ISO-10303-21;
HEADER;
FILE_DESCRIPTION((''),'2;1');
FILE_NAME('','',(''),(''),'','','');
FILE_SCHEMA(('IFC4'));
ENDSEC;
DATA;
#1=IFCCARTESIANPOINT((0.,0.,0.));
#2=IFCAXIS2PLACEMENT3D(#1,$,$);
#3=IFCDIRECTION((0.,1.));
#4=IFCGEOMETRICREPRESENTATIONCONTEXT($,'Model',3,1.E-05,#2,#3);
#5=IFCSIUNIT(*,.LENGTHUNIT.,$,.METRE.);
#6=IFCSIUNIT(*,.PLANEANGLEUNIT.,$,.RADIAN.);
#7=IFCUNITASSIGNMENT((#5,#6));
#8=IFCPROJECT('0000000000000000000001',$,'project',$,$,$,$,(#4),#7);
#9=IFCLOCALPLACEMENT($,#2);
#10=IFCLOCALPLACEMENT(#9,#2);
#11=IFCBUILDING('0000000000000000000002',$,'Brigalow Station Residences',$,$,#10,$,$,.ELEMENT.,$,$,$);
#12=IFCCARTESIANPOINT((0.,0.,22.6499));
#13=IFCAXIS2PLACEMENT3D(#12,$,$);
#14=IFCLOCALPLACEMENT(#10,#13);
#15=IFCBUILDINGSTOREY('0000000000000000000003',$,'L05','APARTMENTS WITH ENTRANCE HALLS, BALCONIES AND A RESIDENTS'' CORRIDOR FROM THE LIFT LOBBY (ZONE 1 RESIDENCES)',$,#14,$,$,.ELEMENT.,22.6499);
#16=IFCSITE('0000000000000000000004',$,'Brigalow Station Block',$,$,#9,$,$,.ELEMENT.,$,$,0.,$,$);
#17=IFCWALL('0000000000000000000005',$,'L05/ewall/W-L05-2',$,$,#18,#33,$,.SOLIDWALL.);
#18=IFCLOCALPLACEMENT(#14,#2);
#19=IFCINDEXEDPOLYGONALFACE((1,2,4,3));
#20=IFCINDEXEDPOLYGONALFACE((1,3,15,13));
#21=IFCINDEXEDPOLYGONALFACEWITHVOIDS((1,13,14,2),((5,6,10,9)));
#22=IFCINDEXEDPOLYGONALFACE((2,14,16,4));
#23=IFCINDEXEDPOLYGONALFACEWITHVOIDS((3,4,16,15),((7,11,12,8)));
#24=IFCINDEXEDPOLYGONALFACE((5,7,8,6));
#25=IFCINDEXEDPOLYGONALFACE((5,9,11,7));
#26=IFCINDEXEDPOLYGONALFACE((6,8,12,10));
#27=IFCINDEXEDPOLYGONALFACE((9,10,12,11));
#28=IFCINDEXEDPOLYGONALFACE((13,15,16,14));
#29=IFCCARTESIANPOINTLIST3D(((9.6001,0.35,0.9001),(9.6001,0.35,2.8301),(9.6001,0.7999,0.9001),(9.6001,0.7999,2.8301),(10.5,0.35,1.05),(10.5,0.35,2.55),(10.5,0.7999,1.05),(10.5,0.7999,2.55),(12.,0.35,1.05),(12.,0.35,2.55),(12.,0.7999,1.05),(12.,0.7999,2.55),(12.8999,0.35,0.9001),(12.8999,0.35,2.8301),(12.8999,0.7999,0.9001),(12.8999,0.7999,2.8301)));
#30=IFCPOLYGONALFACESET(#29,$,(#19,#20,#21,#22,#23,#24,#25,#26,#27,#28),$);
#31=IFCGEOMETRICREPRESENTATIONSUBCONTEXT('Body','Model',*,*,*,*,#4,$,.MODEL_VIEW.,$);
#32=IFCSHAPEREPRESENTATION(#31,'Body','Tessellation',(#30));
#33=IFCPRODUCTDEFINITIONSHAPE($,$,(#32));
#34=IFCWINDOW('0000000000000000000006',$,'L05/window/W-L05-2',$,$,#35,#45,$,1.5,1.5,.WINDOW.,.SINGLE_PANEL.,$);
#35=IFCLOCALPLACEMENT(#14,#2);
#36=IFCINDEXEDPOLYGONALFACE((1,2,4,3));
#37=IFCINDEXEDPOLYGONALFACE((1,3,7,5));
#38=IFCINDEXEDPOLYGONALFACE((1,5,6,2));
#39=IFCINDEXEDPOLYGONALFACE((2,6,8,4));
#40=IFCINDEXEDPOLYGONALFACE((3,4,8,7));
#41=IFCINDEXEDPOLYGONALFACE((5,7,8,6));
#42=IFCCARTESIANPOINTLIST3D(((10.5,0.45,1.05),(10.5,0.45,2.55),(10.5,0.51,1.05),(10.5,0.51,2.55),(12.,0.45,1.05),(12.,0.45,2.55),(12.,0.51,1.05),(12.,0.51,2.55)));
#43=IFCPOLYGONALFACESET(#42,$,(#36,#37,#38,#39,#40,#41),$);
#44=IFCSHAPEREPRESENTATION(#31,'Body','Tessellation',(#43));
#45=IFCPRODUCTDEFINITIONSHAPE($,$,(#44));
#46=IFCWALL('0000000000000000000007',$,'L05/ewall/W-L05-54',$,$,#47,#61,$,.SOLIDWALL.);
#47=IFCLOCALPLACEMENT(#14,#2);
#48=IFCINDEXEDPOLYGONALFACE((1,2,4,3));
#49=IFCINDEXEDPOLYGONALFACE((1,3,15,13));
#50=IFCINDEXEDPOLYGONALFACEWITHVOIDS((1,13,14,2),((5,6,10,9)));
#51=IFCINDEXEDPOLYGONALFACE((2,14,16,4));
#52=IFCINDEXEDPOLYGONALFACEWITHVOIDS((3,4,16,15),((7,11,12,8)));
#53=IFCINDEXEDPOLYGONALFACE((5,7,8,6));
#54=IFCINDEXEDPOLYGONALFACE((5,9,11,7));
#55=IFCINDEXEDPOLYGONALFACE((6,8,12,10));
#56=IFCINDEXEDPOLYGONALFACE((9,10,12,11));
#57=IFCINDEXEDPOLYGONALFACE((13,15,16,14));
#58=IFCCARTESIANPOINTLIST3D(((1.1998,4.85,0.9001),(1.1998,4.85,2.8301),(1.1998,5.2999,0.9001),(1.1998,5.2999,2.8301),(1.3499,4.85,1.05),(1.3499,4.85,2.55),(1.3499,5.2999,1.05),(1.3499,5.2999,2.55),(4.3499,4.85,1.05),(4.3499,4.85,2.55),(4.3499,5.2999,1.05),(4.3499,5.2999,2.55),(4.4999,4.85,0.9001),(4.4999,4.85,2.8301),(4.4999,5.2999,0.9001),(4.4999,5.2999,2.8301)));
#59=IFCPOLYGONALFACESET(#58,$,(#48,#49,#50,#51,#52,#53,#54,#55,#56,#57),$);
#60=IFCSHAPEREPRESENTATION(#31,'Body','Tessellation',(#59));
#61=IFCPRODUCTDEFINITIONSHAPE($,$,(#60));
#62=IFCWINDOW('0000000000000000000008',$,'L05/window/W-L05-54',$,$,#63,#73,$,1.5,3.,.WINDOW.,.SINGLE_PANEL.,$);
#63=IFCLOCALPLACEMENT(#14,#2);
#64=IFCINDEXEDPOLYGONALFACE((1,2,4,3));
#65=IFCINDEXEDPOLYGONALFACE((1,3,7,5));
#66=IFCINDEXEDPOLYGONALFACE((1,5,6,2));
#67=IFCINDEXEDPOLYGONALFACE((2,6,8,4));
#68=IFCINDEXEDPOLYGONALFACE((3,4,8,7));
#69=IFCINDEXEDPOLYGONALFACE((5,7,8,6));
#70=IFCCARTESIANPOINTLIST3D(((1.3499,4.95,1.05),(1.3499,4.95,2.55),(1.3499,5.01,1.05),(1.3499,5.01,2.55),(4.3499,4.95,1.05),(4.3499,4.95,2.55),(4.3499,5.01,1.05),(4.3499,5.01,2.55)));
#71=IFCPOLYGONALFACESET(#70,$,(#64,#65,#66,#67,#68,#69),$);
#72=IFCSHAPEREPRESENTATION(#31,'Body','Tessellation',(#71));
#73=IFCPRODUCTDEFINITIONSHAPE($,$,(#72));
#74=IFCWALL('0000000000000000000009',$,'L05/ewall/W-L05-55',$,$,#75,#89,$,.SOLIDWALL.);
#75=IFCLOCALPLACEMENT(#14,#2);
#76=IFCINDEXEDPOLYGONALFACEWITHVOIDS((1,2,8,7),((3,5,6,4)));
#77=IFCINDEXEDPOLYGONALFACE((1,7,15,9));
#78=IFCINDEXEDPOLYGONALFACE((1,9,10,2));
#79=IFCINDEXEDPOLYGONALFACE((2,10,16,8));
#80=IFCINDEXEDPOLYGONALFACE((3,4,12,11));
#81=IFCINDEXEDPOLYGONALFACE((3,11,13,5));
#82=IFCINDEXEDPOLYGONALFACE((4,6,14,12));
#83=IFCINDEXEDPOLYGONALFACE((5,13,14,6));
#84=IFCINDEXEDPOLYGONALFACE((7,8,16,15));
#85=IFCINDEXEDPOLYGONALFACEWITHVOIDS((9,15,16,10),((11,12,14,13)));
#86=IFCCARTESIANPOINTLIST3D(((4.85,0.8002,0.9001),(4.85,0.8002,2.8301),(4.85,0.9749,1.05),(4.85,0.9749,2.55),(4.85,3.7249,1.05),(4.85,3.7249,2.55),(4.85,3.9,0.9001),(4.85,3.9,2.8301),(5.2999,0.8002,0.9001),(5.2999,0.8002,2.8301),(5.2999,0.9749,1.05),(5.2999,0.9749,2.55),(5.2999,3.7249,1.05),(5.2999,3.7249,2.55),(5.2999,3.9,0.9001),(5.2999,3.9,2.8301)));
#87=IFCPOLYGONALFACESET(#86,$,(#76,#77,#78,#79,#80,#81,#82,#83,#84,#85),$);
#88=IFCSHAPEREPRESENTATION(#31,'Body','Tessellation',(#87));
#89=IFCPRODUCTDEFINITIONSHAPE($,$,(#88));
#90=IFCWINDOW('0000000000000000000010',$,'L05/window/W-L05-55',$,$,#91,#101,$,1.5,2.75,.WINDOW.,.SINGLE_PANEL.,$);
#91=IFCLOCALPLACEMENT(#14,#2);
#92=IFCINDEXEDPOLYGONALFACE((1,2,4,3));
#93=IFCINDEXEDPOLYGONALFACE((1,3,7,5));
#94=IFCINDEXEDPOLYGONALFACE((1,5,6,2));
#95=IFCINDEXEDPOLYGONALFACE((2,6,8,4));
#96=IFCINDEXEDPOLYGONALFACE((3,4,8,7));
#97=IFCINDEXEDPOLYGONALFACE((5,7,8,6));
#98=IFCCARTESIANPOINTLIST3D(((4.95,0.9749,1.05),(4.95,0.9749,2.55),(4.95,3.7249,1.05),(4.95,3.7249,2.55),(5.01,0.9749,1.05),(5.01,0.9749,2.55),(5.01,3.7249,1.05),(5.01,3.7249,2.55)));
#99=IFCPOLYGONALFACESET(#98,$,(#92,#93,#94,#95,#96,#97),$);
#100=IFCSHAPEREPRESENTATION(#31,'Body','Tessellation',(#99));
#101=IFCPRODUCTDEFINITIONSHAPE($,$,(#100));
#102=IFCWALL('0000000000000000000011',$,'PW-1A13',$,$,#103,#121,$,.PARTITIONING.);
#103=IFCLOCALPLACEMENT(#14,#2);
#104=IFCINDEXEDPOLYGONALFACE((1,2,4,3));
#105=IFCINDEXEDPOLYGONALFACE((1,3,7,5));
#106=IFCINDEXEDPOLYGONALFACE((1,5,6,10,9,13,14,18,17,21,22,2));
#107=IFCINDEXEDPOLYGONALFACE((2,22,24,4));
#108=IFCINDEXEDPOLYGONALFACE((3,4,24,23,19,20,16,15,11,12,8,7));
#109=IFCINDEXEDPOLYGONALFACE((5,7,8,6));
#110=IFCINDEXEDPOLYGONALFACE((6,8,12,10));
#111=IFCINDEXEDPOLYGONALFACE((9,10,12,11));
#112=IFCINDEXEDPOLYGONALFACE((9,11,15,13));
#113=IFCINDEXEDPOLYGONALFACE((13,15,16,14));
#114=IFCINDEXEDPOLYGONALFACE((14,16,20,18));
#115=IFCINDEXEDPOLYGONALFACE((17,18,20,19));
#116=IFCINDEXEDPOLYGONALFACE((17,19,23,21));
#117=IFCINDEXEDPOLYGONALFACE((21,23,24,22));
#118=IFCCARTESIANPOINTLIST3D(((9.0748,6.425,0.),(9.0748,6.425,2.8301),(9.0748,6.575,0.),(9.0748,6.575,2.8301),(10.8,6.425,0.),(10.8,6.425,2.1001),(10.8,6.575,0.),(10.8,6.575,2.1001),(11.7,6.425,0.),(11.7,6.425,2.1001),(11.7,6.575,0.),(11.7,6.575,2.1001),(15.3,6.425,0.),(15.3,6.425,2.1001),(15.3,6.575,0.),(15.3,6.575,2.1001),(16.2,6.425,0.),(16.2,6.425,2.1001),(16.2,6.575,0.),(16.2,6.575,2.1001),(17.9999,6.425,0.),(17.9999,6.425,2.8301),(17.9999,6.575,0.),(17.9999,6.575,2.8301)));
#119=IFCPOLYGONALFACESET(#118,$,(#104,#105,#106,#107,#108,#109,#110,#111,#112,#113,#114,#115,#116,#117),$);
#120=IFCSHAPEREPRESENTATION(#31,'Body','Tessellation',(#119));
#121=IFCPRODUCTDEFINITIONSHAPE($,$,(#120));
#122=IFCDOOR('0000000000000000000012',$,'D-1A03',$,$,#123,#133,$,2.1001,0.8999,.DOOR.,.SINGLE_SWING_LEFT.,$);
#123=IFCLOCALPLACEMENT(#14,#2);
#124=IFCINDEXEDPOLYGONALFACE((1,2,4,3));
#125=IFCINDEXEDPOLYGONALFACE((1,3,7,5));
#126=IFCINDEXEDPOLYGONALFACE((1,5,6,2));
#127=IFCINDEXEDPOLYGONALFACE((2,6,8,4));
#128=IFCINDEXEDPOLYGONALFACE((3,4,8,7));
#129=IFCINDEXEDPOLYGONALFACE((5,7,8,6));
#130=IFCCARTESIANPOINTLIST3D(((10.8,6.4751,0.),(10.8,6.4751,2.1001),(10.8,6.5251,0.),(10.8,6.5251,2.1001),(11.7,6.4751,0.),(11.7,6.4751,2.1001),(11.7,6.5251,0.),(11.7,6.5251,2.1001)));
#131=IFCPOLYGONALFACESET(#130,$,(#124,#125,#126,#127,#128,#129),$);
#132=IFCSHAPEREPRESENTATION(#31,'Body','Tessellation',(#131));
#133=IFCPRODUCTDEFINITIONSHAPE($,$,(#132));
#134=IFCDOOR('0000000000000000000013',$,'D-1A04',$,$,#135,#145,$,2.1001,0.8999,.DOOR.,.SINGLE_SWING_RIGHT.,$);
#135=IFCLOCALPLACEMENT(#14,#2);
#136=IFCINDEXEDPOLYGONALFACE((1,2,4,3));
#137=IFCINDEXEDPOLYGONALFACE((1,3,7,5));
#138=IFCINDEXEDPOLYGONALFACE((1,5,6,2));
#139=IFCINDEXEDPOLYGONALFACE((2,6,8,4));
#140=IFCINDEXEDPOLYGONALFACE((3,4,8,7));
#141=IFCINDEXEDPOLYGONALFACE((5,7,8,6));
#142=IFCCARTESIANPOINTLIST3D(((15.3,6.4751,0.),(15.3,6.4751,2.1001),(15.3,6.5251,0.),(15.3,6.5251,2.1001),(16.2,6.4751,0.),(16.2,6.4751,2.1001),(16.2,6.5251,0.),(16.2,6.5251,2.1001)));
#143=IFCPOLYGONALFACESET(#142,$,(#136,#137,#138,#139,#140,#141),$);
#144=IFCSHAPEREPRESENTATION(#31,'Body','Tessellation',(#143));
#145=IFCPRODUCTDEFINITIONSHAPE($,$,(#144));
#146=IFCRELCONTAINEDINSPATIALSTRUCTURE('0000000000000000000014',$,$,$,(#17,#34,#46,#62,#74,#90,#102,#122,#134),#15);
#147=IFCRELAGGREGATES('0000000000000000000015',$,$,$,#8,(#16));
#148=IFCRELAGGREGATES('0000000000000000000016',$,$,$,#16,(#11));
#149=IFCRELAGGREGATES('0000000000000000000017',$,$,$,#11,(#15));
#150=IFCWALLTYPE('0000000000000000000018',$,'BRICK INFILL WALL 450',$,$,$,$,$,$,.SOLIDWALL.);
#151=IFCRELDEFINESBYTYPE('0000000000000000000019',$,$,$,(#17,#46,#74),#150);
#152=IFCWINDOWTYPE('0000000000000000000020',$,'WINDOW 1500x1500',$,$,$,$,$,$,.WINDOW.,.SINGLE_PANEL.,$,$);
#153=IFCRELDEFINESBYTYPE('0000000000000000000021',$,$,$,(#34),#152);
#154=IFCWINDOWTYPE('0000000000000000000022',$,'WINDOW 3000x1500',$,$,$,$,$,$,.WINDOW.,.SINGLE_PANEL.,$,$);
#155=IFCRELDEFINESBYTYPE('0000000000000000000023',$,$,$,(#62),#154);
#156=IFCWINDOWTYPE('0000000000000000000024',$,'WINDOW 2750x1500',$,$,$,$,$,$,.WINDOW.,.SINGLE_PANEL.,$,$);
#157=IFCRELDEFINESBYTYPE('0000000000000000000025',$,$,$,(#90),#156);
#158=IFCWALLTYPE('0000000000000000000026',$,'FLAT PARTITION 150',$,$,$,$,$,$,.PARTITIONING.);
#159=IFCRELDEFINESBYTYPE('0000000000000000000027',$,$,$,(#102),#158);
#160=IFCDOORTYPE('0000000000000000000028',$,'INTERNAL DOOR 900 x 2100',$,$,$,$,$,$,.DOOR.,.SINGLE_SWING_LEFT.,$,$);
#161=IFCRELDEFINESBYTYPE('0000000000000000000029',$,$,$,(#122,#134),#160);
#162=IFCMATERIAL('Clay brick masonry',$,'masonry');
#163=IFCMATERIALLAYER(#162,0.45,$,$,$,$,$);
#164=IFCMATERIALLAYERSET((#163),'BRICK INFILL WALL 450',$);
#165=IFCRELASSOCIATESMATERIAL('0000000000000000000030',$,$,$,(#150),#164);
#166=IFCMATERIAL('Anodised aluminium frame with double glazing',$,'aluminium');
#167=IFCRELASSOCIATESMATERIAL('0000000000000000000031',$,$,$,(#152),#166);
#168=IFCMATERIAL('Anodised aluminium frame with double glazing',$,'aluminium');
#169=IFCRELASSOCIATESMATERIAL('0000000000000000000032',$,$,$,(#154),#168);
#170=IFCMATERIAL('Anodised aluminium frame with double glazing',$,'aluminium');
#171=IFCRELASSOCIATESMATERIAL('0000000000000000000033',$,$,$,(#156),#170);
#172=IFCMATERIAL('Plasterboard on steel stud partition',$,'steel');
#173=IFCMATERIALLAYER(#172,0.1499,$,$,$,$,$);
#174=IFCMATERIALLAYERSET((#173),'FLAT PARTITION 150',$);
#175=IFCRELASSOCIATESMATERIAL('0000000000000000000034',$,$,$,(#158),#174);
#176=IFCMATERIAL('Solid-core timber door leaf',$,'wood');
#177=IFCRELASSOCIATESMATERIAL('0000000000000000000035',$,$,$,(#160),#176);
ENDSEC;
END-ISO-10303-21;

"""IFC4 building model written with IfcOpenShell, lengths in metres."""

from ifc_helpers import new_model, si_unit, direction, frame, frame_2d, origin, place, context, subcontext, project, spatial, rectangle, extrude, material, layer, layer_set, type_object, element, fill, save


model = new_model("IFC4")

# Units and contexts
model_context = context("Model", 3, precision=1e-05, world=origin(), true_north=direction((0.0, 1.0)))
body_context = subcontext(model_context, "Body", "Model", "MODEL_VIEW")
ifc_project = project(units=[si_unit("LENGTHUNIT", "METRE"), si_unit("PLANEANGLEUNIT", "RADIAN")], contexts=[model_context])

# Site, building, storey
site_placement = place(None, origin())
site = spatial("IfcSite", under=ifc_project, at=site_placement, Name="Brigalow Station Block", CompositionType="ELEMENT", RefElevation=0.0)
building_placement = place(site_placement, origin())
building = spatial("IfcBuilding", under=site, at=building_placement, Name="Brigalow Station Residences", CompositionType="ELEMENT")
storey_placement = place(building_placement, frame((0.0, 0.0, 22.6499)))
storey = spatial("IfcBuildingStorey", under=building, at=storey_placement, Name="L05", Description="APARTMENTS WITH ENTRANCE HALLS, BALCONIES AND A RESIDENTS' CORRIDOR FROM THE LIFT LOBBY (ZONE 1 RESIDENCES)", CompositionType="ELEMENT", Elevation=22.6499)

# Walls, openings, windows
ifc_material_1 = material(Name="Clay brick masonry", Category="masonry")
ifc_layer_1 = layer(ifc_material_1, 0.45)
ifc_layer_set_1 = layer_set([ifc_layer_1], Name="BRICK INFILL WALL 450")
wall_type_1 = type_object("IfcWallType", Name="BRICK INFILL WALL 450", PredefinedType="SOLIDWALL", material=ifc_layer_set_1)
ifc_material_2 = material(Name="Anodised aluminium frame with double glazing", Category="aluminium")
window_type_1 = type_object("IfcWindowType", Name="WINDOW 1500x1500", PartitioningType="SINGLE_PANEL", PredefinedType="WINDOW", material=ifc_material_2)
wall_1_placement = place(storey_placement, frame((9.6001, 0.575, 0.9001), z_axis=(0.0, 0.0, 1.0), x_axis=(1.0, 0.0, 0.0)))
wall_1 = element("IfcWall", 1, at=wall_1_placement, inside=storey, type_object=wall_type_1, Name="L05/ewall/W-L05-2", PredefinedType="SOLIDWALL", context=body_context, shape_type="SweptSolid", body=[
    extrude(rectangle(XDim=3.2998, YDim=0.45, at=frame_2d((1.6499, 0.0))), origin(), (0.0, 0.0, 1.0), 1.9299),
])
opening_1_placement = place(wall_1_placement, frame((0.8999, 0.0, 0.1499)))
opening_1 = element("IfcOpeningElement", 2, at=opening_1_placement, cuts=wall_1, PredefinedType="OPENING", context=body_context, shape_type="SweptSolid", body=[
    extrude(rectangle(XDim=1.5, YDim=1.5, at=frame_2d((0.75, 0.75))), frame((0.0, 0.2349, 0.0), z_axis=(0.0, -1.0, 0.0), x_axis=(1.0, 0.0, 0.0)), (0.0, 0.0, 1.0), 0.47),
])
window_1_placement = place(opening_1_placement, origin())
window_1 = element("IfcWindow", 3, at=window_1_placement, inside=storey, type_object=window_type_1, Name="L05/window/W-L05-2", OverallHeight=1.5, OverallWidth=1.5, PartitioningType="SINGLE_PANEL", PredefinedType="WINDOW", context=body_context, shape_type="SweptSolid", body=[
    extrude(rectangle(XDim=1.5, YDim=1.5, at=frame_2d((0.75, 0.75))), frame((0.0, -0.0649, 0.0), z_axis=(0.0, -1.0, 0.0), x_axis=(1.0, 0.0, 0.0)), (0.0, 0.0, 1.0), 0.0601),
])
fill(opening_1, window_1)
wall_2_placement = place(storey_placement, frame((1.2, 5.075, 0.9001), z_axis=(0.0, 0.0, 1.0), x_axis=(1.0, 0.0, 0.0)))
wall_2 = element("IfcWall", 4, at=wall_2_placement, inside=storey, type_object=wall_type_1, Name="L05/ewall/W-L05-54", PredefinedType="SOLIDWALL", context=body_context, shape_type="SweptSolid", body=[
    extrude(rectangle(XDim=3.3, YDim=0.45, at=frame_2d((1.6499, 0.0))), origin(), (0.0, 0.0, 1.0), 1.9299),
])
opening_2_placement = place(wall_2_placement, frame((0.1499, 0.0, 0.1499)))
opening_2 = element("IfcOpeningElement", 5, at=opening_2_placement, cuts=wall_2, PredefinedType="OPENING", context=body_context, shape_type="SweptSolid", body=[
    extrude(rectangle(XDim=3.0, YDim=1.5, at=frame_2d((1.5, 0.75))), frame((0.0, 0.2349, 0.0), z_axis=(0.0, -1.0, 0.0), x_axis=(1.0, 0.0, 0.0)), (0.0, 0.0, 1.0), 0.47),
])
ifc_material_3 = material(Name="Anodised aluminium frame with double glazing", Category="aluminium")
window_type_2 = type_object("IfcWindowType", Name="WINDOW 3000x1500", PartitioningType="SINGLE_PANEL", PredefinedType="WINDOW", material=ifc_material_3)
window_2_placement = place(opening_2_placement, origin())
window_2 = element("IfcWindow", 6, at=window_2_placement, inside=storey, type_object=window_type_2, Name="L05/window/W-L05-54", OverallHeight=1.5, OverallWidth=3.0, PartitioningType="SINGLE_PANEL", PredefinedType="WINDOW", context=body_context, shape_type="SweptSolid", body=[
    extrude(rectangle(XDim=3.0, YDim=1.5, at=frame_2d((1.5, 0.75))), frame((0.0, -0.0649, 0.0), z_axis=(0.0, -1.0, 0.0), x_axis=(1.0, 0.0, 0.0)), (0.0, 0.0, 1.0), 0.0601),
])
fill(opening_2, window_2)
wall_3_placement = place(storey_placement, frame((5.075, 3.8999, 0.9001), z_axis=(0.0, 0.0, 1.0), x_axis=(0.0, -1.0, 0.0)))
wall_3 = element("IfcWall", 7, at=wall_3_placement, inside=storey, type_object=wall_type_1, Name="L05/ewall/W-L05-55", PredefinedType="SOLIDWALL", context=body_context, shape_type="SweptSolid", body=[
    extrude(rectangle(XDim=3.0999, YDim=0.45, at=frame_2d((1.5498, 0.0))), origin(), (0.0, 0.0, 1.0), 1.9299),
])
opening_3_placement = place(wall_3_placement, frame((0.175, 0.0, 0.1499)))
opening_3 = element("IfcOpeningElement", 8, at=opening_3_placement, cuts=wall_3, PredefinedType="OPENING", context=body_context, shape_type="SweptSolid", body=[
    extrude(rectangle(XDim=2.75, YDim=1.5, at=frame_2d((1.375, 0.75))), frame((0.0, 0.2349, 0.0), z_axis=(0.0, -1.0, 0.0), x_axis=(1.0, 0.0, 0.0)), (0.0, 0.0, 1.0), 0.47),
])
ifc_material_4 = material(Name="Anodised aluminium frame with double glazing", Category="aluminium")
window_type_3 = type_object("IfcWindowType", Name="WINDOW 2750x1500", PartitioningType="SINGLE_PANEL", PredefinedType="WINDOW", material=ifc_material_4)
window_3_placement = place(opening_3_placement, origin())
window_3 = element("IfcWindow", 9, at=window_3_placement, inside=storey, type_object=window_type_3, Name="L05/window/W-L05-55", OverallHeight=1.5, OverallWidth=2.75, PartitioningType="SINGLE_PANEL", PredefinedType="WINDOW", context=body_context, shape_type="SweptSolid", body=[
    extrude(rectangle(XDim=2.75, YDim=1.5, at=frame_2d((1.375, 0.75))), frame((0.0, -0.0649, 0.0), z_axis=(0.0, -1.0, 0.0), x_axis=(1.0, 0.0, 0.0)), (0.0, 0.0, 1.0), 0.0601),
])
fill(opening_3, window_3)

# Wall, openings, doors
ifc_material_5 = material(Name="Plasterboard on steel stud partition", Category="steel")
ifc_layer_2 = layer(ifc_material_5, 0.1499)
ifc_layer_set_2 = layer_set([ifc_layer_2], Name="FLAT PARTITION 150")
wall_type_2 = type_object("IfcWallType", Name="FLAT PARTITION 150", PredefinedType="PARTITIONING", material=ifc_layer_set_2)
wall_4_placement = place(storey_placement, frame((9.075, 6.5, 0.0), z_axis=(0.0, 0.0, 1.0), x_axis=(1.0, 0.0, 0.0)))
wall_4 = element("IfcWall", 10, at=wall_4_placement, inside=storey, type_object=wall_type_2, Name="PW-1A13", PredefinedType="PARTITIONING", context=body_context, shape_type="SweptSolid", body=[
    extrude(rectangle(XDim=8.925, YDim=0.1499, at=frame_2d((4.4624, 0.0))), origin(), (0.0, 0.0, 1.0), 2.8301),
])
opening_4_placement = place(wall_4_placement, frame((1.7251, 0.0, 0.0)))
opening_4 = element("IfcOpeningElement", 11, at=opening_4_placement, cuts=wall_4, PredefinedType="OPENING", context=body_context, shape_type="SweptSolid", body=[
    extrude(rectangle(XDim=0.8999, YDim=2.1001, at=frame_2d((0.45, 1.05))), frame((0.0, 0.085, 0.0), z_axis=(0.0, -1.0, 0.0), x_axis=(1.0, 0.0, 0.0)), (0.0, 0.0, 1.0), 0.1699),
])
opening_5_placement = place(wall_4_placement, frame((6.2251, 0.0, 0.0)))
opening_5 = element("IfcOpeningElement", 12, at=opening_5_placement, cuts=wall_4, PredefinedType="OPENING", context=body_context, shape_type="SweptSolid", body=[
    extrude(rectangle(XDim=0.8999, YDim=2.1001, at=frame_2d((0.45, 1.05))), frame((0.0, 0.085, 0.0), z_axis=(0.0, -1.0, 0.0), x_axis=(1.0, 0.0, 0.0)), (0.0, 0.0, 1.0), 0.1699),
])
ifc_material_6 = material(Name="Solid-core timber door leaf", Category="wood")
door_type = type_object("IfcDoorType", Name="INTERNAL DOOR 900 x 2100", OperationType="SINGLE_SWING_LEFT", PredefinedType="DOOR", material=ifc_material_6)
door_1_placement = place(opening_4_placement, frame((0.8999, 0.0, 0.0), z_axis=(0.0, 0.0, 1.0), x_axis=(-1.0, 0.0, 0.0)))
door_1 = element("IfcDoor", 13, at=door_1_placement, inside=storey, type_object=door_type, Name="D-1A03", OperationType="SINGLE_SWING_LEFT", OverallHeight=2.1001, OverallWidth=0.8999, PredefinedType="DOOR", context=body_context, shape_type="SweptSolid", body=[
    extrude(rectangle(XDim=0.8999, YDim=2.1001, at=frame_2d((0.45, 1.05))), frame((0.0, 0.0249, 0.0), z_axis=(0.0, -1.0, 0.0), x_axis=(1.0, 0.0, 0.0)), (0.0, 0.0, 1.0), 0.05),
])
fill(opening_4, door_1)
door_2_placement = place(opening_5_placement, frame((0.8999, 0.0, 0.0), z_axis=(0.0, 0.0, 1.0), x_axis=(-1.0, 0.0, 0.0)))
door_2 = element("IfcDoor", 14, at=door_2_placement, inside=storey, type_object=door_type, Name="D-1A04", OperationType="SINGLE_SWING_RIGHT", OverallHeight=2.1001, OverallWidth=0.8999, PredefinedType="DOOR", context=body_context, shape_type="SweptSolid", body=[
    extrude(rectangle(XDim=0.8999, YDim=2.1001, at=frame_2d((0.45, 1.05))), frame((0.0, 0.0249, 0.0), z_axis=(0.0, -1.0, 0.0), x_axis=(1.0, 0.0, 0.0)), (0.0, 0.0, 1.0), 0.05),
])
fill(opening_5, door_2)

save(model, "model.ifc")
